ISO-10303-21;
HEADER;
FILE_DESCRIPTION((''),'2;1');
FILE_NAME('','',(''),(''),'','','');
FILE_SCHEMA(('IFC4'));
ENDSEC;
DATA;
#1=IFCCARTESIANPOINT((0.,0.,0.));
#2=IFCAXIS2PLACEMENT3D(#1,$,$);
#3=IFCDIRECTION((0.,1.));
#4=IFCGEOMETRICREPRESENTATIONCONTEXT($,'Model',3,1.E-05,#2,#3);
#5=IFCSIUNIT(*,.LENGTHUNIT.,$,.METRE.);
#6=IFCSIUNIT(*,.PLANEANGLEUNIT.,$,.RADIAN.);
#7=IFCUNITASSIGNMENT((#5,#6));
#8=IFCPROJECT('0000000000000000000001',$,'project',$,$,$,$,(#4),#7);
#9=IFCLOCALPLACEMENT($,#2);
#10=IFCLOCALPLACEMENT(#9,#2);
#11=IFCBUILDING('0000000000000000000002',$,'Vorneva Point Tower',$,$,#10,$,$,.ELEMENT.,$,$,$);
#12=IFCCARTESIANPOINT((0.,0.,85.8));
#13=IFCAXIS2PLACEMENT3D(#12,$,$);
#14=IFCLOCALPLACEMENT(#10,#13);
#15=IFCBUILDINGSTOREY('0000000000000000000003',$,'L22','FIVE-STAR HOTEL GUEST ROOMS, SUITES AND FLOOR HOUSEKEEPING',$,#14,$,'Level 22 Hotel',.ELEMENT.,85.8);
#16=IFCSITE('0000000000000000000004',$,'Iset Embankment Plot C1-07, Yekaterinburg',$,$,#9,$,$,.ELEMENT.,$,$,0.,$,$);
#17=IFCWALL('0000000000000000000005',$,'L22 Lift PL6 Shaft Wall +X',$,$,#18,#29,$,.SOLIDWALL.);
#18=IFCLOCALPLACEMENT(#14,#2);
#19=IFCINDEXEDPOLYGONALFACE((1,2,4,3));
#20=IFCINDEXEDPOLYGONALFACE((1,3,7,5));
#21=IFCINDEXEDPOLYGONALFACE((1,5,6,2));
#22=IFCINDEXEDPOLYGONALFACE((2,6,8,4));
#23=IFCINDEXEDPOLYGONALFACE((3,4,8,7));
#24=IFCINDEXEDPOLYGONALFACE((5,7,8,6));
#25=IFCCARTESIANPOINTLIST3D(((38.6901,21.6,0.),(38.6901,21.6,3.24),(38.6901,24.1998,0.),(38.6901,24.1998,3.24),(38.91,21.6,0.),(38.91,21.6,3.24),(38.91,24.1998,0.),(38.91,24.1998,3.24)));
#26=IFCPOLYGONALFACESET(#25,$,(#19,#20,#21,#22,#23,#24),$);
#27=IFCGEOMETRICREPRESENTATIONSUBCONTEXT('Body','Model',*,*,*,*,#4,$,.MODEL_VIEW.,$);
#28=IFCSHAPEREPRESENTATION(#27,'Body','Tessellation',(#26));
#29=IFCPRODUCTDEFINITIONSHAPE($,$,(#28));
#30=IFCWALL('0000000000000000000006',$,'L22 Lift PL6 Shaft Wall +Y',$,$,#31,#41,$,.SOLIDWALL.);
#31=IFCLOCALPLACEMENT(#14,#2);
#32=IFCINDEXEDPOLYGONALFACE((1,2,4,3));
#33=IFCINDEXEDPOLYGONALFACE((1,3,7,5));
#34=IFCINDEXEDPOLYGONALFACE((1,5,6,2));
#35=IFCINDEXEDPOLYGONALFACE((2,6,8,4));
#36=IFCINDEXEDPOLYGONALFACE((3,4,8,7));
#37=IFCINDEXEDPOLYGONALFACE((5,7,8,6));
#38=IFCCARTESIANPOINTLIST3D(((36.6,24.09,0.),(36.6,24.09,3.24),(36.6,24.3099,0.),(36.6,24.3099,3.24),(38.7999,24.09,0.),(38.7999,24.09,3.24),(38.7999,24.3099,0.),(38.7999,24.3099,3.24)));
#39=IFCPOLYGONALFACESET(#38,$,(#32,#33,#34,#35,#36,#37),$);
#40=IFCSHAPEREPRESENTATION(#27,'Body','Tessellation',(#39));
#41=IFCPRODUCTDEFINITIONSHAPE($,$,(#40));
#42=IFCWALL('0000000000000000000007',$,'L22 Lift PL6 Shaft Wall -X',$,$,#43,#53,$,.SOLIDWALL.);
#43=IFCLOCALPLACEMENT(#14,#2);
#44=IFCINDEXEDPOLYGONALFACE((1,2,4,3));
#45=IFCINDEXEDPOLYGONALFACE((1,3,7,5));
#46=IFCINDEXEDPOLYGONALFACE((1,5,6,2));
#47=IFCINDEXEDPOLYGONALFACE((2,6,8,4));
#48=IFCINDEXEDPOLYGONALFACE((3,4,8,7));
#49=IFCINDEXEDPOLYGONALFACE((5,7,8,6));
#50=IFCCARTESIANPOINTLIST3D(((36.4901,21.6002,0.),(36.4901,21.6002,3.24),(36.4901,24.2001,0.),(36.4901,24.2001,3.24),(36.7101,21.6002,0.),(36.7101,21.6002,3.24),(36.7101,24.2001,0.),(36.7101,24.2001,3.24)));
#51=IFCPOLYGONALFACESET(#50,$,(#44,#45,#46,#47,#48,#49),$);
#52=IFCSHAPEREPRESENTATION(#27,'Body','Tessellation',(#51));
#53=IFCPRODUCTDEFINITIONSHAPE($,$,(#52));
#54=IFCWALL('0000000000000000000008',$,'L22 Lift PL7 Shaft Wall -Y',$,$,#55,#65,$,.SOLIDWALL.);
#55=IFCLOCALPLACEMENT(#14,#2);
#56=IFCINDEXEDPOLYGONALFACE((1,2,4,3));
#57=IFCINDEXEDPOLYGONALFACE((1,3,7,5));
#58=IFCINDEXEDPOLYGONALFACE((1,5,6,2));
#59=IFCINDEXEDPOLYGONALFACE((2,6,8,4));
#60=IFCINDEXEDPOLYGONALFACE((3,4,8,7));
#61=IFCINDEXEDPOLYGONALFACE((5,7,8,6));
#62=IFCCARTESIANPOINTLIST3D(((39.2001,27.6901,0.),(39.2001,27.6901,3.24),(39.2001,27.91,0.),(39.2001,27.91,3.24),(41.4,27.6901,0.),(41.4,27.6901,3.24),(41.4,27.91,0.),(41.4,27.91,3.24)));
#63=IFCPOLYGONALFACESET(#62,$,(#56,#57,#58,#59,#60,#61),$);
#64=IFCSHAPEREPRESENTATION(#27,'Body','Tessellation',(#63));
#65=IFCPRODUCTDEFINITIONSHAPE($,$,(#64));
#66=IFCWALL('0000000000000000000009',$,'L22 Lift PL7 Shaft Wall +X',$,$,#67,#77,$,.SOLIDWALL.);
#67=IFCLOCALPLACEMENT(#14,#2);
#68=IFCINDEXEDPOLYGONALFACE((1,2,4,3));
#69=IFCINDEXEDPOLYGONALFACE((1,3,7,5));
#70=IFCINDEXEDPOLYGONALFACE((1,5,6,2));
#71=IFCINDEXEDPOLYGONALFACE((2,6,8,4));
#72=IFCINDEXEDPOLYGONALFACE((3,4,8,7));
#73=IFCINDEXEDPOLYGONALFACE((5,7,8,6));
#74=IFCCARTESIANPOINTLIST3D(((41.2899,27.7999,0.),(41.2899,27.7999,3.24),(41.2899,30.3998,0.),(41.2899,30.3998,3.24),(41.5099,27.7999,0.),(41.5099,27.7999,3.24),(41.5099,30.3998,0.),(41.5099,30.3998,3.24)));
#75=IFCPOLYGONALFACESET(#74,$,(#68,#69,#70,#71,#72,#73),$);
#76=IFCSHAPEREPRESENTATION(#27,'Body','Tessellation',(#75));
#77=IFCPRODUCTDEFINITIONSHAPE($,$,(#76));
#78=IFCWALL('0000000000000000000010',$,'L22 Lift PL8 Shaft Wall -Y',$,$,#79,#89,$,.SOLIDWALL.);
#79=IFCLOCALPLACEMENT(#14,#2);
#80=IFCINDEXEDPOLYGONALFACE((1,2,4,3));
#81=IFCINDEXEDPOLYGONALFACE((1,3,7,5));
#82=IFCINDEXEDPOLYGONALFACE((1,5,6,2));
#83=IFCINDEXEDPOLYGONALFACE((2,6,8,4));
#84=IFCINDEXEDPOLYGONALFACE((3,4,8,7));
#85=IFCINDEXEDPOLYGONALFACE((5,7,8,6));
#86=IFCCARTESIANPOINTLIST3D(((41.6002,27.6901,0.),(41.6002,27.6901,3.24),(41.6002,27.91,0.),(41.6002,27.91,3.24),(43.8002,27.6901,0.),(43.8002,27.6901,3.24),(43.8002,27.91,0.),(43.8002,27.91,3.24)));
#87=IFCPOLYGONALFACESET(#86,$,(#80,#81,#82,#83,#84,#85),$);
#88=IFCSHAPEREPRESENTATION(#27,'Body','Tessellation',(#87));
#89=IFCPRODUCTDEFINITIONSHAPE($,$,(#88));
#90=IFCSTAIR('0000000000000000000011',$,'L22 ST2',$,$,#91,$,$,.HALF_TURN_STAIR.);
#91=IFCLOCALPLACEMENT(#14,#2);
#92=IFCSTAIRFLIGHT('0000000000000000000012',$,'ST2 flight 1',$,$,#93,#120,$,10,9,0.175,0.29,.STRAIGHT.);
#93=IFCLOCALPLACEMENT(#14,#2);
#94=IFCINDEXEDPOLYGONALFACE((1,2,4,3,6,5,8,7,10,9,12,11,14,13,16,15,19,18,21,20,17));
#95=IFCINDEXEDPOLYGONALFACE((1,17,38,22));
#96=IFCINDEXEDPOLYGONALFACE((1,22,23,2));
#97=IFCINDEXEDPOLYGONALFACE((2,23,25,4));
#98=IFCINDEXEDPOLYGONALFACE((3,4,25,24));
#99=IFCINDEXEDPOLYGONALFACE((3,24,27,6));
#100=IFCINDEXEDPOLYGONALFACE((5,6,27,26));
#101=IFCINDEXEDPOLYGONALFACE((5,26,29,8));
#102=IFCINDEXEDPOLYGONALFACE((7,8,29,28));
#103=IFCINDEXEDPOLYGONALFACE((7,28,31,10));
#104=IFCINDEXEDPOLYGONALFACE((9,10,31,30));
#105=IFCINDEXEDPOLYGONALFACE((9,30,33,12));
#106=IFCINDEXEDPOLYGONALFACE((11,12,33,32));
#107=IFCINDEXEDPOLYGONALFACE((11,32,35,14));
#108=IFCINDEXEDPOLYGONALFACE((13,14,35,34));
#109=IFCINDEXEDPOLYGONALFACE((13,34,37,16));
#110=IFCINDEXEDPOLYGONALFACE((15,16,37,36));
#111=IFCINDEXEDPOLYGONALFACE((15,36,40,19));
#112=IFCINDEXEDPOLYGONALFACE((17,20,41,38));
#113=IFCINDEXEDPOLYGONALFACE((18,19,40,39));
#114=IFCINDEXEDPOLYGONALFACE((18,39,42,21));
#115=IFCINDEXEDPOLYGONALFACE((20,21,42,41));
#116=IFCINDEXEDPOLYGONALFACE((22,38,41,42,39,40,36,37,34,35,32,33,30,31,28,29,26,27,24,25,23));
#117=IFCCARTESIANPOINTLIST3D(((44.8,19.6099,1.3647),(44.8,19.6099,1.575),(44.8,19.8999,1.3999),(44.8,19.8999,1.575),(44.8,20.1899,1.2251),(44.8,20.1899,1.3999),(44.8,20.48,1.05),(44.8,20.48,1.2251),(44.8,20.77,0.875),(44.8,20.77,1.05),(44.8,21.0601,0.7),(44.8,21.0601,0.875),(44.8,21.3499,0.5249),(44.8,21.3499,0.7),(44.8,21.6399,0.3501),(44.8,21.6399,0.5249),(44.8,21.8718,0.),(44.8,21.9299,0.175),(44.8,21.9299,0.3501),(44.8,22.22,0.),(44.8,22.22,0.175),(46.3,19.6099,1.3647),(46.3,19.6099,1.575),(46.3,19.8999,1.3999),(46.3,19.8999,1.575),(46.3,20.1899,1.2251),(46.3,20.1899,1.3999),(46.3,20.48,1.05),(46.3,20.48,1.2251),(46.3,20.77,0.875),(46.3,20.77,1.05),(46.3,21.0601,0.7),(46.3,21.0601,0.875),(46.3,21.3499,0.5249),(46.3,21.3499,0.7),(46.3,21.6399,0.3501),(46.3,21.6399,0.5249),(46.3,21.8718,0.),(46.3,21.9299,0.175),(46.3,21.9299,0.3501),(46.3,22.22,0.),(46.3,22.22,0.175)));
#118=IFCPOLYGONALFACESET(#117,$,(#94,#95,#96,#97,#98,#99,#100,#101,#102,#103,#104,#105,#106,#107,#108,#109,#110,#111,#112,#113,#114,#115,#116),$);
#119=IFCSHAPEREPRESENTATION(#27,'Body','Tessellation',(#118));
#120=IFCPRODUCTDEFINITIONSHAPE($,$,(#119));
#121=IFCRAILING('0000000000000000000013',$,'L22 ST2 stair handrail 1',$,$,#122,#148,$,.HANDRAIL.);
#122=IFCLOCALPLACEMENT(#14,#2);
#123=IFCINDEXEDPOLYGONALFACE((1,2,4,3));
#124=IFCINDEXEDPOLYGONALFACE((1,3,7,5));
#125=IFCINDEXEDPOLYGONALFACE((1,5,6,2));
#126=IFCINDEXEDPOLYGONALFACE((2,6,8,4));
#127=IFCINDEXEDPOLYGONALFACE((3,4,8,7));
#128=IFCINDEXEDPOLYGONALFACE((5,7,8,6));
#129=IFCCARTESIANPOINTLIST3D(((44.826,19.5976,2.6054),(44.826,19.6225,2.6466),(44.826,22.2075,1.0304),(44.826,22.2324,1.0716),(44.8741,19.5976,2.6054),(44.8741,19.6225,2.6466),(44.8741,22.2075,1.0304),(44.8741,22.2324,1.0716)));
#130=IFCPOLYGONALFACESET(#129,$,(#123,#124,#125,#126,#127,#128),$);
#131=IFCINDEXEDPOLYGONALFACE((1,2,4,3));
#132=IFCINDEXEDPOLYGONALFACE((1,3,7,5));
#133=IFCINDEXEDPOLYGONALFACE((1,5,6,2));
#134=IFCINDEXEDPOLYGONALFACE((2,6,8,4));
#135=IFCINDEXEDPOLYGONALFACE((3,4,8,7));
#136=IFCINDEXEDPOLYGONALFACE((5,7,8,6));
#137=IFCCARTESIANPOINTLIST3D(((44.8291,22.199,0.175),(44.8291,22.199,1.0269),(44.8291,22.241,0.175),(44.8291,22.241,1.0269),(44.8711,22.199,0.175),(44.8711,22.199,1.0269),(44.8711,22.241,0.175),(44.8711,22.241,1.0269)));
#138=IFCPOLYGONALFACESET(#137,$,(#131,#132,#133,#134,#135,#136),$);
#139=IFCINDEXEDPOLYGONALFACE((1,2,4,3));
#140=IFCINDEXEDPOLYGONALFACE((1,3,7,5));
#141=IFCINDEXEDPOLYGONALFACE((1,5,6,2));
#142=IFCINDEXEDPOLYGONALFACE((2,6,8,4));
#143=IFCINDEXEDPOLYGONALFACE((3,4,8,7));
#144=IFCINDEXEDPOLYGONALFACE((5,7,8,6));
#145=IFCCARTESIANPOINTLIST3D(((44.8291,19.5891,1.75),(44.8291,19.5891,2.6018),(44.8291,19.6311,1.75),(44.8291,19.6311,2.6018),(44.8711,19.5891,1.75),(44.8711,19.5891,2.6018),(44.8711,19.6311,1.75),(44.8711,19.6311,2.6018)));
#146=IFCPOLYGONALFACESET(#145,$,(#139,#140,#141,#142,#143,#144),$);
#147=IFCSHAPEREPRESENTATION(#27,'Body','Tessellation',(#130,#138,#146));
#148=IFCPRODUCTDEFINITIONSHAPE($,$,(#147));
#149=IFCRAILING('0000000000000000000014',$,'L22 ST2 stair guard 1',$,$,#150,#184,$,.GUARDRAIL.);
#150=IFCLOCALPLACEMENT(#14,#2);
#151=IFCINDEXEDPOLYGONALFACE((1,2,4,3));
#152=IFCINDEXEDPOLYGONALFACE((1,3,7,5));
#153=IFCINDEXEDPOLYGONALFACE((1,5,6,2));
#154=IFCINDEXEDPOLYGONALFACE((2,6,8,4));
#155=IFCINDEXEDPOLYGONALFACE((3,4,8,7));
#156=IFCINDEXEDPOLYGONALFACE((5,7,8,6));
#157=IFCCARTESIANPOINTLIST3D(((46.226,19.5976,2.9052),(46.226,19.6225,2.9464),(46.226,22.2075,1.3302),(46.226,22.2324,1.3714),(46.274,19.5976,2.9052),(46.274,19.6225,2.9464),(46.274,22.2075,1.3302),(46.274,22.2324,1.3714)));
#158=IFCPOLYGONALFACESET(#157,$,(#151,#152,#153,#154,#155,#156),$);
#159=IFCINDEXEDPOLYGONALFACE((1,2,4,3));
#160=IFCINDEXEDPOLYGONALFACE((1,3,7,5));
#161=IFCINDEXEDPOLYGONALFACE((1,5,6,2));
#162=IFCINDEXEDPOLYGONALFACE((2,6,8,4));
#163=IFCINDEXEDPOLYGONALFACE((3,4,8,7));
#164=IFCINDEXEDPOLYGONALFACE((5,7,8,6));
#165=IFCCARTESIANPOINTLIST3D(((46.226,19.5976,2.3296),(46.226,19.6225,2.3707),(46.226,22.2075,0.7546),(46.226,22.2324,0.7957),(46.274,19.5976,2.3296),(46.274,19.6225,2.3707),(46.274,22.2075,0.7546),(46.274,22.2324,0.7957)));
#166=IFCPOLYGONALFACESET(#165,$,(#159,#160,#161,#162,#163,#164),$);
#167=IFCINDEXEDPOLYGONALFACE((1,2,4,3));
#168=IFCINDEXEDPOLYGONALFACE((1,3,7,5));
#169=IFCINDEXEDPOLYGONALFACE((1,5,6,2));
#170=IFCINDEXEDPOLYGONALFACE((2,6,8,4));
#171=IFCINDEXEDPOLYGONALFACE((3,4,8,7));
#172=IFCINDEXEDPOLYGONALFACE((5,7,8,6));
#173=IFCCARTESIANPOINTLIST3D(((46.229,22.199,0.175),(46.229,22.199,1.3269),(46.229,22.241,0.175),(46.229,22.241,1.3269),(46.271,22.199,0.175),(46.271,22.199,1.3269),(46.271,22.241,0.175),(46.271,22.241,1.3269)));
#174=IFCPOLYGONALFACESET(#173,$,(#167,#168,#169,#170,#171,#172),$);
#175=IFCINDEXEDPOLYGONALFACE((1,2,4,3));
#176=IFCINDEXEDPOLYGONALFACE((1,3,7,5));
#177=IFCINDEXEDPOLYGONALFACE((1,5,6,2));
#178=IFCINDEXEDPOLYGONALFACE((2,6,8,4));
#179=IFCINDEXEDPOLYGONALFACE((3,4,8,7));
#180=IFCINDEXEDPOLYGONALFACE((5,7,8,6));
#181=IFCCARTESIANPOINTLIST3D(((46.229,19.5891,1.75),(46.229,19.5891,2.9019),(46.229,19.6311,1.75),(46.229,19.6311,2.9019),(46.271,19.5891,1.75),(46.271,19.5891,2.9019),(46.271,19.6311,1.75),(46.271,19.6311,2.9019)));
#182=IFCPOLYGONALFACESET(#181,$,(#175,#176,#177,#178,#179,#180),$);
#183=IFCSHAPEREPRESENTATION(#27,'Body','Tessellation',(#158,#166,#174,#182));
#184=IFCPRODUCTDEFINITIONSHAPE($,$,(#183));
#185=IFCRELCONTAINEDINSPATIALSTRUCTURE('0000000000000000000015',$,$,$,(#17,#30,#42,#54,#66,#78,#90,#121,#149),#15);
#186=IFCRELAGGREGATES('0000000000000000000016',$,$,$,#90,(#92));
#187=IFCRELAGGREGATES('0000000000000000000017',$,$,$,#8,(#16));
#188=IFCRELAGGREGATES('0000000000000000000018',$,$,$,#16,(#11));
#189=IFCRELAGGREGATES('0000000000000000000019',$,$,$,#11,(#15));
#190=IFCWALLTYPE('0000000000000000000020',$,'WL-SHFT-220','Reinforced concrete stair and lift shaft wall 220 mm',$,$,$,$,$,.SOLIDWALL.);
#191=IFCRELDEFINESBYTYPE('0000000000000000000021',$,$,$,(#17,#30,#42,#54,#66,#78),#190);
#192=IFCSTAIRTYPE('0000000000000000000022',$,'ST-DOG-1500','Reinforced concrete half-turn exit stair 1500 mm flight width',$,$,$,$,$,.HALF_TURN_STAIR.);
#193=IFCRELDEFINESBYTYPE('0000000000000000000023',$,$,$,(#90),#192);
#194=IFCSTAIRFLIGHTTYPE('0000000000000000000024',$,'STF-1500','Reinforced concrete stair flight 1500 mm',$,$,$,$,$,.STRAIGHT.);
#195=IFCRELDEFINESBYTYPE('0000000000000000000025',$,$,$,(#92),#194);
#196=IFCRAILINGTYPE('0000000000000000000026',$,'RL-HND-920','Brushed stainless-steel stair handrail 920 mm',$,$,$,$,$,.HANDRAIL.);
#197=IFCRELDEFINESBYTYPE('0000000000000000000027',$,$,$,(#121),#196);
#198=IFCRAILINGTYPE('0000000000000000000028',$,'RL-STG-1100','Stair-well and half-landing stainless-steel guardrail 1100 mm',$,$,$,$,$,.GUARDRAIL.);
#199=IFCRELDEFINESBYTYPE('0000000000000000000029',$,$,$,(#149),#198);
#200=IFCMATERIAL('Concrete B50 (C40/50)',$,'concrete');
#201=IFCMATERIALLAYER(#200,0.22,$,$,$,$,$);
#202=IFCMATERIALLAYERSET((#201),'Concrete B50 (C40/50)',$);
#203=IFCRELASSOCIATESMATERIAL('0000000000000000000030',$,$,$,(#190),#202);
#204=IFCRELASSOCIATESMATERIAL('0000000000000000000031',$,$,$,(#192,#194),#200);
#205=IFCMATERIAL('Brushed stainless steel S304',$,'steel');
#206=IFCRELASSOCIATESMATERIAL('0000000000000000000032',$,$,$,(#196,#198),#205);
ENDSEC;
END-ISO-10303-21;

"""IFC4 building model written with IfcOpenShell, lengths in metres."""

from ifc_helpers import new_model, si_unit, direction, frame, frame_2d, origin, origin_2d, place, context, subcontext, project, spatial, polyline, rectangle, outline, extrude, material, layer, layer_set, type_object, element, aggregate, save


model = new_model("IFC4")

# Units and contexts
model_context = context("Model", 3, precision=1e-05, world=origin(), true_north=direction((0.0, 1.0)))
body_context = subcontext(model_context, "Body", "Model", "MODEL_VIEW")
ifc_project = project(units=[si_unit("LENGTHUNIT", "METRE"), si_unit("PLANEANGLEUNIT", "RADIAN")], contexts=[model_context])

# Site, building, storey
site_placement = place(None, origin())
site = spatial("IfcSite", under=ifc_project, at=site_placement, Name="Iset Embankment Plot C1-07, Yekaterinburg", CompositionType="ELEMENT", RefElevation=0.0)
building_placement = place(site_placement, origin())
building = spatial("IfcBuilding", under=site, at=building_placement, Name="Vorneva Point Tower", CompositionType="ELEMENT")
storey_placement = place(building_placement, frame((0.0, 0.0, 85.8)))
storey = spatial("IfcBuildingStorey", under=building, at=storey_placement, Name="L22", Description="FIVE-STAR HOTEL GUEST ROOMS, SUITES AND FLOOR HOUSEKEEPING", LongName="Level 22 Hotel", CompositionType="ELEMENT", Elevation=85.8)

# Shared definitions
ifc_material_1 = material(Name="Concrete B50 (C40/50)", Category="concrete")
ifc_layer_1 = layer(ifc_material_1, 0.22)
ifc_layer_set_1 = layer_set([ifc_layer_1], Name="Concrete B50 (C40/50)")
wall_type_1 = type_object("IfcWallType", Name="WL-SHFT-220", Description="Reinforced concrete stair and lift shaft wall 220 mm", PredefinedType="SOLIDWALL", material=ifc_layer_set_1)
ifc_material_2 = material(Name="Brushed stainless steel S304", Category="steel")

# Walls
wall_1_placement = place(storey_placement, frame((38.8, 21.6001, 0.0), z_axis=(0.0, 0.0, 1.0), x_axis=(0.0, 1.0, 0.0)))
element("IfcWall", 1, at=wall_1_placement, inside=storey, type_object=wall_type_1, Name="L22 Lift PL6 Shaft Wall +X", PredefinedType="SOLIDWALL", context=body_context, shape_type="SweptSolid", body=[
    extrude(rectangle(XDim=2.5999, YDim=0.22, at=frame_2d((1.2998, 0.0))), origin(), (0.0, 0.0, 1.0), 3.24),
])
wall_2_placement = place(storey_placement, frame((38.8, 24.2, 0.0), z_axis=(0.0, 0.0, 1.0), x_axis=(-1.0, 0.0, 0.0)))
element("IfcWall", 2, at=wall_2_placement, inside=storey, type_object=wall_type_1, Name="L22 Lift PL6 Shaft Wall +Y", PredefinedType="SOLIDWALL", context=body_context, shape_type="SweptSolid", body=[
    extrude(rectangle(XDim=2.2, YDim=0.22, at=frame_2d((1.1001, 0.0))), origin(), (0.0, 0.0, 1.0), 3.24),
])
wall_3_placement = place(storey_placement, frame((36.6001, 24.2, 0.0), z_axis=(0.0, 0.0, 1.0), x_axis=(0.0, -1.0, 0.0)))
element("IfcWall", 3, at=wall_3_placement, inside=storey, type_object=wall_type_1, Name="L22 Lift PL6 Shaft Wall -X", PredefinedType="SOLIDWALL", context=body_context, shape_type="SweptSolid", body=[
    extrude(rectangle(XDim=2.5999, YDim=0.22, at=frame_2d((1.2998, 0.0))), origin(), (0.0, 0.0, 1.0), 3.24),
])
wall_4_placement = place(storey_placement, frame((39.2, 27.8, 0.0), z_axis=(0.0, 0.0, 1.0), x_axis=(1.0, 0.0, 0.0)))
element("IfcWall", 4, at=wall_4_placement, inside=storey, type_object=wall_type_1, Name="L22 Lift PL7 Shaft Wall -Y", PredefinedType="SOLIDWALL", context=body_context, shape_type="SweptSolid", body=[
    extrude(rectangle(XDim=2.2, YDim=0.22, at=frame_2d((1.1001, 0.0))), origin(), (0.0, 0.0, 1.0), 3.24),
])
wall_5_placement = place(storey_placement, frame((41.3999, 27.8, 0.0), z_axis=(0.0, 0.0, 1.0), x_axis=(0.0, 1.0, 0.0)))
element("IfcWall", 5, at=wall_5_placement, inside=storey, type_object=wall_type_1, Name="L22 Lift PL7 Shaft Wall +X", PredefinedType="SOLIDWALL", context=body_context, shape_type="SweptSolid", body=[
    extrude(rectangle(XDim=2.5999, YDim=0.22, at=frame_2d((1.2998, 0.0))), origin(), (0.0, 0.0, 1.0), 3.24),
])
wall_6_placement = place(storey_placement, frame((41.6001, 27.8, 0.0), z_axis=(0.0, 0.0, 1.0), x_axis=(1.0, 0.0, 0.0)))
element("IfcWall", 6, at=wall_6_placement, inside=storey, type_object=wall_type_1, Name="L22 Lift PL8 Shaft Wall -Y", PredefinedType="SOLIDWALL", context=body_context, shape_type="SweptSolid", body=[
    extrude(rectangle(XDim=2.2, YDim=0.22, at=frame_2d((1.1001, 0.0))), origin(), (0.0, 0.0, 1.0), 3.24),
])

# Stair, stair flight
stair_type = type_object("IfcStairType", Name="ST-DOG-1500", Description="Reinforced concrete half-turn exit stair 1500 mm flight width", PredefinedType="HALF_TURN_STAIR", material=ifc_material_1)
stair_placement = place(storey_placement, origin())
stair = element("IfcStair", 7, at=stair_placement, inside=storey, type_object=stair_type, Name="L22 ST2", PredefinedType="HALF_TURN_STAIR")
stair_flight_type = type_object("IfcStairFlightType", Name="STF-1500", Description="Reinforced concrete stair flight 1500 mm", PredefinedType="STRAIGHT", material=ifc_material_1)
stair_flight_placement = place(storey_placement, frame((45.55, 22.22, 0.0), z_axis=(0.0, 0.0, 1.0), x_axis=(0.0, -1.0, 0.0)))
stair_flight = element("IfcStairFlight", 8, at=stair_flight_placement, type_object=stair_flight_type, Name="ST2 flight 1", NumberOfRisers=10, NumberOfTreads=9, PredefinedType="STRAIGHT", RiserHeight=0.175, TreadLength=0.29, context=body_context, shape_type="SweptSolid", body=[
    extrude(outline(polyline([(0.0, 0.0), (0.0, 0.175), (0.29, 0.175), (0.29, 0.3501), (0.5801, 0.3501), (0.5801, 0.5249), (0.8701, 0.5249), (0.8701, 0.7), (1.1599, 0.7), (1.1599, 0.875), (1.45, 0.875), (1.45, 1.05), (1.74, 1.05), (1.74, 1.2251), (2.03, 1.2251), (2.03, 1.3999), (2.3201, 1.3999), (2.3201, 1.575), (2.6101, 1.575), (2.6101, 1.75), (2.6101, 1.3647), (0.3481, 0.0), (0.0, 0.0)])), frame((0.0, 0.75, 0.0), z_axis=(0.0, -1.0, 0.0), x_axis=(1.0, 0.0, 0.0)), (0.0, 0.0, 1.0), 1.5),
])
aggregate(stair, [stair_flight])

# Railings
railing_type_1 = type_object("IfcRailingType", Name="RL-HND-920", Description="Brushed stainless-steel stair handrail 920 mm", PredefinedType="HANDRAIL", material=ifc_material_2)
railing_1_placement = place(storey_placement, frame((44.8501, 22.22, 0.175)))
element("IfcRailing", 9, at=railing_1_placement, inside=storey, type_object=railing_type_1, Name="L22 ST2 stair handrail 1", PredefinedType="HANDRAIL", context=body_context, shape_type="SweptSolid", body=[
    extrude(rectangle(XDim=0.0481, YDim=0.0481, at=origin_2d()), frame((0.0, 0.0, 0.876), z_axis=(0.0, -0.856183, 0.516673), x_axis=(1.0, 0.0, 0.0)), (0.0, 0.0, 1.0), 3.0483),
    extrude(rectangle(XDim=0.042, YDim=0.042, at=origin_2d()), origin(), (0.0, 0.0, 1.0), 0.8518),
    extrude(rectangle(XDim=0.042, YDim=0.042, at=origin_2d()), frame((0.0, -2.6099, 1.575)), (0.0, 0.0, 1.0), 0.8518),
])
railing_type_2 = type_object("IfcRailingType", Name="RL-STG-1100", Description="Stair-well and half-landing stainless-steel guardrail 1100 mm", PredefinedType="GUARDRAIL", material=ifc_material_2)
railing_2_placement = place(storey_placement, frame((46.25, 22.22, 0.175)))
element("IfcRailing", 10, at=railing_2_placement, inside=storey, type_object=railing_type_2, Name="L22 ST2 stair guard 1", PredefinedType="GUARDRAIL", context=body_context, shape_type="SweptSolid", body=[
    extrude(rectangle(XDim=0.0481, YDim=0.0481, at=origin_2d()), frame((0.0, 0.0, 1.1758), z_axis=(0.0, -0.856183, 0.516673), x_axis=(1.0, 0.0, 0.0)), (0.0, 0.0, 1.0), 3.0483),
    extrude(rectangle(XDim=0.0481, YDim=0.0481, at=origin_2d()), frame((0.0, 0.0, 0.6001), z_axis=(0.0, -0.856183, 0.516673), x_axis=(1.0, 0.0, 0.0)), (0.0, 0.0, 1.0), 3.0483),
    extrude(rectangle(XDim=0.042, YDim=0.042, at=origin_2d()), origin(), (0.0, 0.0, 1.0), 1.1519),
    extrude(rectangle(XDim=0.042, YDim=0.042, at=origin_2d()), frame((0.0, -2.6099, 1.575)), (0.0, 0.0, 1.0), 1.1519),
])

save(model, "model.ifc")
